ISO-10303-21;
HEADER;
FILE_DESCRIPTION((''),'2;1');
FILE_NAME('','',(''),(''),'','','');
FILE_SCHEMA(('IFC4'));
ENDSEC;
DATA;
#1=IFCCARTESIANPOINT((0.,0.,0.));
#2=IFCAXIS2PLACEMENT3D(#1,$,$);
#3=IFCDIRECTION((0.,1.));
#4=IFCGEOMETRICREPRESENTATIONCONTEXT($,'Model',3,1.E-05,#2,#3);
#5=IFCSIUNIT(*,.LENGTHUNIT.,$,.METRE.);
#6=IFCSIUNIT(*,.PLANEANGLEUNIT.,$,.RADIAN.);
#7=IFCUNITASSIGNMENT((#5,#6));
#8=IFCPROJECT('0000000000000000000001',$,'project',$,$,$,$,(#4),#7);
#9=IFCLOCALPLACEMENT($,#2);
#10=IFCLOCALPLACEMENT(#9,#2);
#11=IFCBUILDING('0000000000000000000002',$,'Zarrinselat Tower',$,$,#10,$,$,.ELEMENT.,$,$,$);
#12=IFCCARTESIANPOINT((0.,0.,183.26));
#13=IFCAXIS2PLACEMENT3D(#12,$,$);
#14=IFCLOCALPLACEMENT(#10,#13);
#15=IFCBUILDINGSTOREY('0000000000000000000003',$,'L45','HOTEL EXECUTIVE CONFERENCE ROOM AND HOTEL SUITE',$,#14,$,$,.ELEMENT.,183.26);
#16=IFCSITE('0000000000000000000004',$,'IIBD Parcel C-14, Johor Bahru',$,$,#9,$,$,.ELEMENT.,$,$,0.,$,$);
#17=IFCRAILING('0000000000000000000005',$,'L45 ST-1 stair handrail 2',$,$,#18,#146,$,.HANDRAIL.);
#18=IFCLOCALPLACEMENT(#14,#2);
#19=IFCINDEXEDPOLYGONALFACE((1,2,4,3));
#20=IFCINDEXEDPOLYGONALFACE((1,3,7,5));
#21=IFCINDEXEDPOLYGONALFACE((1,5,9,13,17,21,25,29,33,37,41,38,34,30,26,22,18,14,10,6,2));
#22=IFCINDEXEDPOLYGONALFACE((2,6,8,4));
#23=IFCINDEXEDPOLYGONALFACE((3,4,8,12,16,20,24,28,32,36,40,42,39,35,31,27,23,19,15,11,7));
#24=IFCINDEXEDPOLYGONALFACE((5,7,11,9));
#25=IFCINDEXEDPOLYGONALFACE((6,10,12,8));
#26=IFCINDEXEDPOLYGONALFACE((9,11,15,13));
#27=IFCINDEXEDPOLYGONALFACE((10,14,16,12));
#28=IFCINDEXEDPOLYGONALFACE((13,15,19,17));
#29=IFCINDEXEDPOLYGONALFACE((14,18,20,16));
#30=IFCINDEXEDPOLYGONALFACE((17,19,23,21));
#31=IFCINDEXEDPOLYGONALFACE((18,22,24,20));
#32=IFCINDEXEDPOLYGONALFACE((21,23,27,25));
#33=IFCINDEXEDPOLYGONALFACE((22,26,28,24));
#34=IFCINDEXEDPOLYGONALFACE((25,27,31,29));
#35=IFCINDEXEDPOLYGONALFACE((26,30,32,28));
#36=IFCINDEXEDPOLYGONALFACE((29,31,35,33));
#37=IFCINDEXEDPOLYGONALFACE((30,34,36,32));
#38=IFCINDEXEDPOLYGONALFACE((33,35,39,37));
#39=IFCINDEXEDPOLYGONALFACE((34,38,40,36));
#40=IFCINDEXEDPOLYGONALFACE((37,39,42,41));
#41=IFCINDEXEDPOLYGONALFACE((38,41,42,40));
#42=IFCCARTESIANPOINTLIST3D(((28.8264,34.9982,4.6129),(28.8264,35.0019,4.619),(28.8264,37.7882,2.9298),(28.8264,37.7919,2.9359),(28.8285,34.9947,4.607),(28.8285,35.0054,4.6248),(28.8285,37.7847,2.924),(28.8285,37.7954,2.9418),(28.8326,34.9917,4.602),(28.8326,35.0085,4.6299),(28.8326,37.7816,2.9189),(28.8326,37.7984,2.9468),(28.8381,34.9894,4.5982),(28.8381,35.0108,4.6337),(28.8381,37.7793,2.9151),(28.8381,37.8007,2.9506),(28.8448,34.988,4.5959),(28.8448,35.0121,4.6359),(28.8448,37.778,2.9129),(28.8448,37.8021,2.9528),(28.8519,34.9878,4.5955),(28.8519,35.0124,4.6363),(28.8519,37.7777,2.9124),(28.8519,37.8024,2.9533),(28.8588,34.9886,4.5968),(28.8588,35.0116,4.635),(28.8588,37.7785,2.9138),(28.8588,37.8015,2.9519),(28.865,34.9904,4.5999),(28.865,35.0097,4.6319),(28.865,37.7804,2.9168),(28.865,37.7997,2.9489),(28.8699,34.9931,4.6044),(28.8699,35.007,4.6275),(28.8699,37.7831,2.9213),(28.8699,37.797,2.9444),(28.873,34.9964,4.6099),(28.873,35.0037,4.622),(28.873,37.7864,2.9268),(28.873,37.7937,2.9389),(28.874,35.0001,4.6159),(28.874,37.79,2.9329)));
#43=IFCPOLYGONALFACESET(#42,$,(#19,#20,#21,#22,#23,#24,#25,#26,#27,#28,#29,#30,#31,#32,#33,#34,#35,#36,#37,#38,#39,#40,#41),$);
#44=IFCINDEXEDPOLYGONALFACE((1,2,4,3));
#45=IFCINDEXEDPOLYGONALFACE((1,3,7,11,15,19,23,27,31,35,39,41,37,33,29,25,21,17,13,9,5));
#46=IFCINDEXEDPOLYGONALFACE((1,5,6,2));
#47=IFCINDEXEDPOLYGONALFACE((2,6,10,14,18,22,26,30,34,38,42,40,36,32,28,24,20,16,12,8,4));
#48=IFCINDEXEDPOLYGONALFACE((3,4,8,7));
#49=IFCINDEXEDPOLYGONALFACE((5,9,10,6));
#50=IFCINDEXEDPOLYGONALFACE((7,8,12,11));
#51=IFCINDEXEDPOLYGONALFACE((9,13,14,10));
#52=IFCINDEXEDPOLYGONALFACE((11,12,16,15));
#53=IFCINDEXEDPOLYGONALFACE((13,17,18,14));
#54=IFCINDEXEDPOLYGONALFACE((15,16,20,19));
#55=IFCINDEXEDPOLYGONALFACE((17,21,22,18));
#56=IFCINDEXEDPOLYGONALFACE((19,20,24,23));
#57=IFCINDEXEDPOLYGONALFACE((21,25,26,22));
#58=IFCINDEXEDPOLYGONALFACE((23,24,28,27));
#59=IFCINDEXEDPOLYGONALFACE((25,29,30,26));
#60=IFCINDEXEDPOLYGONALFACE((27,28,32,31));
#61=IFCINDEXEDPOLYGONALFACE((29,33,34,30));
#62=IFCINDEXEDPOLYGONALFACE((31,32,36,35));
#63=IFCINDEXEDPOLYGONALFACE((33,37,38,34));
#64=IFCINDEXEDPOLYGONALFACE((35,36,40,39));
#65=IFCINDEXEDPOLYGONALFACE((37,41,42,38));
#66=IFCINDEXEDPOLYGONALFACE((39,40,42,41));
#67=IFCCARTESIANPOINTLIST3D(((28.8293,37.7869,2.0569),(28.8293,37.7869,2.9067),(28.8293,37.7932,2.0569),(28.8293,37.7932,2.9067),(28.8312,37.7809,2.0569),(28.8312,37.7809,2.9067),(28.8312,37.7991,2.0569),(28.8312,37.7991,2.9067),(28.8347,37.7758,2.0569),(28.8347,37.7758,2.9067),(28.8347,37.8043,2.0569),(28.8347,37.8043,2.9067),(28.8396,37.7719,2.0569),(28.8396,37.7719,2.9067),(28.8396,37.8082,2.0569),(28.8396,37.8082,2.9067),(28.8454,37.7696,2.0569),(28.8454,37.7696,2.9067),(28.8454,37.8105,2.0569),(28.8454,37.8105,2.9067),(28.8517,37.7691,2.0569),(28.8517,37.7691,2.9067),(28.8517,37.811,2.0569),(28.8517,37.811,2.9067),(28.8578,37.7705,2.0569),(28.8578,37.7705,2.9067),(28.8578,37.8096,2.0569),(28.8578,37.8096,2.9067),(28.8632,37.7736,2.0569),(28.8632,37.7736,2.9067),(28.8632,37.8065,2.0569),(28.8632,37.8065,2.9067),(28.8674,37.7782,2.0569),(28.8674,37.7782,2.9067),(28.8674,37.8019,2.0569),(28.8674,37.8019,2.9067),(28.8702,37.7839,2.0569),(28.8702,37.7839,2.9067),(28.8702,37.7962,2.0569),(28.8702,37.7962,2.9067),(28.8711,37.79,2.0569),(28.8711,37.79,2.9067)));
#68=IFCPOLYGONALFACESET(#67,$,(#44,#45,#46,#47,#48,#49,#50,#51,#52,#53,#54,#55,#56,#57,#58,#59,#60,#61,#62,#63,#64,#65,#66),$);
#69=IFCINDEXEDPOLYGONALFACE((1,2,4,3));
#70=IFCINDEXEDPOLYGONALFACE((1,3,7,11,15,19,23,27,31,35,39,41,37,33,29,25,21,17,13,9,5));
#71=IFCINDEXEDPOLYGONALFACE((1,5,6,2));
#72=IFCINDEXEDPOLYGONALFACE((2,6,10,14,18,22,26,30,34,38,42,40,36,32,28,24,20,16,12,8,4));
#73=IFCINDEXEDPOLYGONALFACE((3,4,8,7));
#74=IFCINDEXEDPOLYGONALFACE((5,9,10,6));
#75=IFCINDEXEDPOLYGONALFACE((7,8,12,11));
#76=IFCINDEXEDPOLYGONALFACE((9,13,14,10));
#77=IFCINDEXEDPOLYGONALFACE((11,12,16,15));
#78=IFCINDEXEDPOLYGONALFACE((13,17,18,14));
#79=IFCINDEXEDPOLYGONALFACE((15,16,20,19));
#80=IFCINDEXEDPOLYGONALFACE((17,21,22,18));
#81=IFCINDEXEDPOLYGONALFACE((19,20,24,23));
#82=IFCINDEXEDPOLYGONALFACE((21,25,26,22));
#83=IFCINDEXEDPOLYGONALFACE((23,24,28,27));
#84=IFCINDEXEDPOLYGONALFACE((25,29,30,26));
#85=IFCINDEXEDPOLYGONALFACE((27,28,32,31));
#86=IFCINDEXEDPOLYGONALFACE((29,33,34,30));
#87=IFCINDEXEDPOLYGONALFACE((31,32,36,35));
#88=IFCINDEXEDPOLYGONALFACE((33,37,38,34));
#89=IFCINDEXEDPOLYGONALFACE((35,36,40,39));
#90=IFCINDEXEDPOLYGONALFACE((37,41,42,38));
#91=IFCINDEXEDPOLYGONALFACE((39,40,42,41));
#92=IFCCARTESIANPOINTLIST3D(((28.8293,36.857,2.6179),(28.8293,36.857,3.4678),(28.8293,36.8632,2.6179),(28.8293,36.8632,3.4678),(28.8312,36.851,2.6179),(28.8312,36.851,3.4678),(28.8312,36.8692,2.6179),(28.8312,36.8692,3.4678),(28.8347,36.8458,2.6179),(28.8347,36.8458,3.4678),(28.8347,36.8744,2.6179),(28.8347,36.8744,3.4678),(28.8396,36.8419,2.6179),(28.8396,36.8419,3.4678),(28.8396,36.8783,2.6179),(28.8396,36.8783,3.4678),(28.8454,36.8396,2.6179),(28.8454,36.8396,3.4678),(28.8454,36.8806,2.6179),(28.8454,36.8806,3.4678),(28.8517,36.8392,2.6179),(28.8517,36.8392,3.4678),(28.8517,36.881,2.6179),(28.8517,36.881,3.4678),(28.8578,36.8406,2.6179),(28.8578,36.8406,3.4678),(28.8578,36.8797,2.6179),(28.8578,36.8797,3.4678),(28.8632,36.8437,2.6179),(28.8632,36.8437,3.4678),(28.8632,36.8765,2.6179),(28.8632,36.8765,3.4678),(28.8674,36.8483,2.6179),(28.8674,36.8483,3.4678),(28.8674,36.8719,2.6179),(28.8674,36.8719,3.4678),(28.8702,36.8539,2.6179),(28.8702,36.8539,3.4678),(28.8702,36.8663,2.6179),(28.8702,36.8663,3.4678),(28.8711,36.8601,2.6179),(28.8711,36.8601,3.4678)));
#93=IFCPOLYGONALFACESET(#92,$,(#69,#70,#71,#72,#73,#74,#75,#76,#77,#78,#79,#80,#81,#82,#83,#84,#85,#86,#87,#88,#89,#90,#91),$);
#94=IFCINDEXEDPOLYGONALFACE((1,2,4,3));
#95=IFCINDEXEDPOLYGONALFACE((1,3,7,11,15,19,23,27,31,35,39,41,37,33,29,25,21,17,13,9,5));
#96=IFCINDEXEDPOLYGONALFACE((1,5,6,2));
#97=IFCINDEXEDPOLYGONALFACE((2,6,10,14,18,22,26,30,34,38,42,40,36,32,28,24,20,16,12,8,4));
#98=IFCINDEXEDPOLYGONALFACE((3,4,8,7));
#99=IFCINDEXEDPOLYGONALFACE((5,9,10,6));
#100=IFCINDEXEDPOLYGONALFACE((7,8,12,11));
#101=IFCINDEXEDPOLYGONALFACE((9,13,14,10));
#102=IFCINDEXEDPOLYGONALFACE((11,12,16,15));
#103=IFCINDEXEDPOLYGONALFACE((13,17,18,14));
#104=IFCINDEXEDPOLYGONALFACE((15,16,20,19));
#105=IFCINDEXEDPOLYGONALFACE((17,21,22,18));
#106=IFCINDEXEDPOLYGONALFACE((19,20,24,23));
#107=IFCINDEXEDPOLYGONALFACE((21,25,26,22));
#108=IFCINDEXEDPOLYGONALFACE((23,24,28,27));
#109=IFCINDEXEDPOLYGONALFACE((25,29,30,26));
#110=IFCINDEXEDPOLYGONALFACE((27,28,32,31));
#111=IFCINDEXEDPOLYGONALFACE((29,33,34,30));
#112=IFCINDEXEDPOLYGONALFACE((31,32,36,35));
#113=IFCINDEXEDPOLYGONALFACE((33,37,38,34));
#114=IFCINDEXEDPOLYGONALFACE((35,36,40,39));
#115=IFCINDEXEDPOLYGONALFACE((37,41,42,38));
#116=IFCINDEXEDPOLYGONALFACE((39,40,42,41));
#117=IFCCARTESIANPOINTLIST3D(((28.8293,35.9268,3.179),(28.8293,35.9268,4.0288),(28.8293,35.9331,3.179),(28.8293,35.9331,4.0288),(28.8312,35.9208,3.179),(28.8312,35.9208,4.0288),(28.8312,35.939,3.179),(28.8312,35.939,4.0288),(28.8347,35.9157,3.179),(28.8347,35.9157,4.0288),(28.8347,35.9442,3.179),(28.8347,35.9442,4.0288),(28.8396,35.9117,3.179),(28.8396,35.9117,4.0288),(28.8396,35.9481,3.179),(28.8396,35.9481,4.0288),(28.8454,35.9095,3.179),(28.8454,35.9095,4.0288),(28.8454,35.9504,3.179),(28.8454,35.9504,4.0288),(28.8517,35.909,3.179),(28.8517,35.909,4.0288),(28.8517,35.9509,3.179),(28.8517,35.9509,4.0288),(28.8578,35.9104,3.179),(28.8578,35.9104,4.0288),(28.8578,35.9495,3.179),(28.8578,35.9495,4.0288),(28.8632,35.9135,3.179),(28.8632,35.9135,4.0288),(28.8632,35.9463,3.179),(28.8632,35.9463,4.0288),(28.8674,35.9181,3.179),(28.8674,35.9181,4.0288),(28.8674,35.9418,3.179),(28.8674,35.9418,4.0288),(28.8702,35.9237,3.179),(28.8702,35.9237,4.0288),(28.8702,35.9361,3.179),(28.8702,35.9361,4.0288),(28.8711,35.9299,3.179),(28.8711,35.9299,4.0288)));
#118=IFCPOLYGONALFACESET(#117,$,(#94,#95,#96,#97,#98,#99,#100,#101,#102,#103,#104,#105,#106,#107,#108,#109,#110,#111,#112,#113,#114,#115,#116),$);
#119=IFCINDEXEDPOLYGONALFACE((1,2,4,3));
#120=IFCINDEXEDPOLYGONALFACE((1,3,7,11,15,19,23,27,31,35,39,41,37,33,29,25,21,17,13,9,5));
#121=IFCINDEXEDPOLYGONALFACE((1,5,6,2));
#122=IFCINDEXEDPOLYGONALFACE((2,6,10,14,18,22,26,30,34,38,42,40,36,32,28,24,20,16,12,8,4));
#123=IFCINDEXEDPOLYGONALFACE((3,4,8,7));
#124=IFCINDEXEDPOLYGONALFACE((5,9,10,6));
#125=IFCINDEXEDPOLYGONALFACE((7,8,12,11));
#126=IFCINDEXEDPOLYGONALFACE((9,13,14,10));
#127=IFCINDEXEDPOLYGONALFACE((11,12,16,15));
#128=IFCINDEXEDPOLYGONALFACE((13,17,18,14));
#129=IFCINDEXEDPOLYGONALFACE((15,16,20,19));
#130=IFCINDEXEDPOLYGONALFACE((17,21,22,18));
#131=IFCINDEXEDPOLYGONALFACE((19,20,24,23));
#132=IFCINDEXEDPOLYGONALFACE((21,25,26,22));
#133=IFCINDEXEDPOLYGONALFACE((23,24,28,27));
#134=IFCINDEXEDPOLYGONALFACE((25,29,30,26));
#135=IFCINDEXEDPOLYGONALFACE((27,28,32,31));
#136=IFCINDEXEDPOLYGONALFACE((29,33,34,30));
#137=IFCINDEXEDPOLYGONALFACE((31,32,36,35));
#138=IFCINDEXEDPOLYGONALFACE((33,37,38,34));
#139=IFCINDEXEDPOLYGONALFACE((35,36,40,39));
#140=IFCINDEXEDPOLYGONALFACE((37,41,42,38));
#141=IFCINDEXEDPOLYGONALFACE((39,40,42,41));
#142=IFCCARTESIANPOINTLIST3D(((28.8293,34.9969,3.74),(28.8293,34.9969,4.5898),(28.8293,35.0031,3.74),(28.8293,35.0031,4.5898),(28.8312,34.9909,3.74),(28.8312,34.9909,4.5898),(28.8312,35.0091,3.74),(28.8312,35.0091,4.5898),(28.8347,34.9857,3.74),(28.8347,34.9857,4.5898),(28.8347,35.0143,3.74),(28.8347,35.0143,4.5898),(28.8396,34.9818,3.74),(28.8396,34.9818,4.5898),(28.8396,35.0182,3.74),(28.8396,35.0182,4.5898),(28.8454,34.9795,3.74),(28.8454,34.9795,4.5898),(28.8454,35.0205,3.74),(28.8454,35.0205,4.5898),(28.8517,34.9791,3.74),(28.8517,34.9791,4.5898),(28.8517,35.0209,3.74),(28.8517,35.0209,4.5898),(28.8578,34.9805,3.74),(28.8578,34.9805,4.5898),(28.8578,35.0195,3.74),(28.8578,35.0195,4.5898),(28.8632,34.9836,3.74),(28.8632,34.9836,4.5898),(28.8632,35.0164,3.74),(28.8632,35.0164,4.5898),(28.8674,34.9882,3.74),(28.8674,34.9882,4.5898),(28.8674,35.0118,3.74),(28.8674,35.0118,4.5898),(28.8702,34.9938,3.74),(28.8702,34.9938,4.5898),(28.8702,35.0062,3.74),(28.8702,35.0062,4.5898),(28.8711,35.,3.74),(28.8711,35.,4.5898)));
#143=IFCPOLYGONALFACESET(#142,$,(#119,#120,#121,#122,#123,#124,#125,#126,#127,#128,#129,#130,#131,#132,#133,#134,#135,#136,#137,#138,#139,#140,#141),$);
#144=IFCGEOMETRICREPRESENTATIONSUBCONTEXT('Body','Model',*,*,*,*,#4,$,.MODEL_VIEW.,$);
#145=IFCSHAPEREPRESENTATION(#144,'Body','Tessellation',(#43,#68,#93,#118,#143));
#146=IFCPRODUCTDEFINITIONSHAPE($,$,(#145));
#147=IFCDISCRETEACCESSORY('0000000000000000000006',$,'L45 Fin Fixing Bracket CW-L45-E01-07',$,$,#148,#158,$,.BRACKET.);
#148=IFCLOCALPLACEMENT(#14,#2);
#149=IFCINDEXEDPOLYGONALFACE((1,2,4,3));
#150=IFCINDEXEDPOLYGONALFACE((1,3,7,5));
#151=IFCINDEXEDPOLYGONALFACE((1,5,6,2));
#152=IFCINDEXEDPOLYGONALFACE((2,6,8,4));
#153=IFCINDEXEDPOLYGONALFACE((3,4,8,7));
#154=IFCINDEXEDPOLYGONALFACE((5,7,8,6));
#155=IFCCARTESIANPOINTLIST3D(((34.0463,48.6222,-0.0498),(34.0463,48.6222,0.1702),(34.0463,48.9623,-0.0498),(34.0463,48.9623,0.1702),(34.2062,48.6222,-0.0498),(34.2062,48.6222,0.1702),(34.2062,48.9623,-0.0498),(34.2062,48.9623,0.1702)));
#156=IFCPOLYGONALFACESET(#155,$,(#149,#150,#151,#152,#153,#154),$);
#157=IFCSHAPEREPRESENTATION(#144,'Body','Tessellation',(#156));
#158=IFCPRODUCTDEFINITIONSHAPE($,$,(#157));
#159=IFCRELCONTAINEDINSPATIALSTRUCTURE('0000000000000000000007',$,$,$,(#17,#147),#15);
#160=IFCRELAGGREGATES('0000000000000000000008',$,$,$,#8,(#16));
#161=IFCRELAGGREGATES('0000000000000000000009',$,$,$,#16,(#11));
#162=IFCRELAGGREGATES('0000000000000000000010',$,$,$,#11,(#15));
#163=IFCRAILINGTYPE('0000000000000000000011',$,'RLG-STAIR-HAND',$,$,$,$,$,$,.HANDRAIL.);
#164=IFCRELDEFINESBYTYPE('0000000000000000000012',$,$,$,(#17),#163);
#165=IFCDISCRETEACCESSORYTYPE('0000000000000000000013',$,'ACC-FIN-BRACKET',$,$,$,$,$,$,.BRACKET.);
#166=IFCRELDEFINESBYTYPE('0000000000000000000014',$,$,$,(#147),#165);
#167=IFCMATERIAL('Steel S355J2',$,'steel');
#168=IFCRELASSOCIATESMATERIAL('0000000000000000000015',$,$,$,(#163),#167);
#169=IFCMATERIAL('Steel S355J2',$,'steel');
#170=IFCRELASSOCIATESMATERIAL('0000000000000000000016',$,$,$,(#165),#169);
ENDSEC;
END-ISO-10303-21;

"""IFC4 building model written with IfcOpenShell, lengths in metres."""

from ifc_helpers import new_model, si_unit, direction, frame, origin, origin_2d, place, context, subcontext, project, spatial, rectangle, circle, extrude, material, type_object, element, save


model = new_model("IFC4")

# Units and contexts
model_context = context("Model", 3, precision=1e-05, world=origin(), true_north=direction((0.0, 1.0)))
body_context = subcontext(model_context, "Body", "Model", "MODEL_VIEW")
ifc_project = project(units=[si_unit("LENGTHUNIT", "METRE"), si_unit("PLANEANGLEUNIT", "RADIAN")], contexts=[model_context])

# Site, building, storey
site_placement = place(None, origin())
site = spatial("IfcSite", under=ifc_project, at=site_placement, Name="IIBD Parcel C-14, Johor Bahru", CompositionType="ELEMENT", RefElevation=0.0)
building_placement = place(site_placement, origin())
building = spatial("IfcBuilding", under=site, at=building_placement, Name="Zarrinselat Tower", CompositionType="ELEMENT")
storey_placement = place(building_placement, frame((0.0, 0.0, 183.26)))
storey = spatial("IfcBuildingStorey", under=building, at=storey_placement, Name="L45", Description="HOTEL EXECUTIVE CONFERENCE ROOM AND HOTEL SUITE", CompositionType="ELEMENT", Elevation=183.26)

# Railing
ifc_material_1 = material(Name="Steel S355J2", Category="steel")
railing_type_1 = type_object("IfcRailingType", Name="RLG-STAIR-HAND", PredefinedType="HANDRAIL", material=ifc_material_1)
railing_1_placement = place(storey_placement, frame((28.8501, 37.79, 2.0569)))
element("IfcRailing", 1, at=railing_1_placement, inside=storey, type_object=railing_type_1, Name="L45 ST-1 stair handrail 2", PredefinedType="HANDRAIL", context=body_context, shape_type="SweptSolid", body=[
    extrude(circle(Radius=0.0239, at=origin_2d()), frame((0.0, 0.0, 0.876), z_axis=(0.0, -0.856261, 0.516544), x_axis=(1.0, 0.0, 0.0)), (0.0, 0.0, 1.0), 3.2583),
    extrude(circle(Radius=0.021, at=origin_2d()), origin(), (0.0, 0.0, 1.0), 0.8499),
    extrude(circle(Radius=0.021, at=origin_2d()), frame((0.0, -0.9299, 0.561)), (0.0, 0.0, 1.0), 0.8499),
    extrude(circle(Radius=0.021, at=origin_2d()), frame((0.0, -1.8601, 1.1221)), (0.0, 0.0, 1.0), 0.8499),
    extrude(circle(Radius=0.021, at=origin_2d()), frame((0.0, -2.79, 1.6831)), (0.0, 0.0, 1.0), 0.8499),
])

# Discrete accessory
ifc_material_2 = material(Name="Steel S355J2", Category="steel")
discrete_accessory_type = type_object("IfcDiscreteAccessoryType", Name="ACC-FIN-BRACKET", PredefinedType="BRACKET", material=ifc_material_2)
discrete_accessory_placement = place(storey_placement, frame((34.1262, 48.7922, -0.0498), z_axis=(0.0, 0.0, 1.0), x_axis=(0.0, 1.0, 0.0)))
element("IfcDiscreteAccessory", 2, at=discrete_accessory_placement, inside=storey, type_object=discrete_accessory_type, Name="L45 Fin Fixing Bracket CW-L45-E01-07", PredefinedType="BRACKET", context=body_context, shape_type="SweptSolid", body=[
    extrude(rectangle(XDim=0.3401, YDim=0.1599, at=origin_2d()), origin(), (0.0, 0.0, 1.0), 0.22),
])

save(model, "model.ifc")
